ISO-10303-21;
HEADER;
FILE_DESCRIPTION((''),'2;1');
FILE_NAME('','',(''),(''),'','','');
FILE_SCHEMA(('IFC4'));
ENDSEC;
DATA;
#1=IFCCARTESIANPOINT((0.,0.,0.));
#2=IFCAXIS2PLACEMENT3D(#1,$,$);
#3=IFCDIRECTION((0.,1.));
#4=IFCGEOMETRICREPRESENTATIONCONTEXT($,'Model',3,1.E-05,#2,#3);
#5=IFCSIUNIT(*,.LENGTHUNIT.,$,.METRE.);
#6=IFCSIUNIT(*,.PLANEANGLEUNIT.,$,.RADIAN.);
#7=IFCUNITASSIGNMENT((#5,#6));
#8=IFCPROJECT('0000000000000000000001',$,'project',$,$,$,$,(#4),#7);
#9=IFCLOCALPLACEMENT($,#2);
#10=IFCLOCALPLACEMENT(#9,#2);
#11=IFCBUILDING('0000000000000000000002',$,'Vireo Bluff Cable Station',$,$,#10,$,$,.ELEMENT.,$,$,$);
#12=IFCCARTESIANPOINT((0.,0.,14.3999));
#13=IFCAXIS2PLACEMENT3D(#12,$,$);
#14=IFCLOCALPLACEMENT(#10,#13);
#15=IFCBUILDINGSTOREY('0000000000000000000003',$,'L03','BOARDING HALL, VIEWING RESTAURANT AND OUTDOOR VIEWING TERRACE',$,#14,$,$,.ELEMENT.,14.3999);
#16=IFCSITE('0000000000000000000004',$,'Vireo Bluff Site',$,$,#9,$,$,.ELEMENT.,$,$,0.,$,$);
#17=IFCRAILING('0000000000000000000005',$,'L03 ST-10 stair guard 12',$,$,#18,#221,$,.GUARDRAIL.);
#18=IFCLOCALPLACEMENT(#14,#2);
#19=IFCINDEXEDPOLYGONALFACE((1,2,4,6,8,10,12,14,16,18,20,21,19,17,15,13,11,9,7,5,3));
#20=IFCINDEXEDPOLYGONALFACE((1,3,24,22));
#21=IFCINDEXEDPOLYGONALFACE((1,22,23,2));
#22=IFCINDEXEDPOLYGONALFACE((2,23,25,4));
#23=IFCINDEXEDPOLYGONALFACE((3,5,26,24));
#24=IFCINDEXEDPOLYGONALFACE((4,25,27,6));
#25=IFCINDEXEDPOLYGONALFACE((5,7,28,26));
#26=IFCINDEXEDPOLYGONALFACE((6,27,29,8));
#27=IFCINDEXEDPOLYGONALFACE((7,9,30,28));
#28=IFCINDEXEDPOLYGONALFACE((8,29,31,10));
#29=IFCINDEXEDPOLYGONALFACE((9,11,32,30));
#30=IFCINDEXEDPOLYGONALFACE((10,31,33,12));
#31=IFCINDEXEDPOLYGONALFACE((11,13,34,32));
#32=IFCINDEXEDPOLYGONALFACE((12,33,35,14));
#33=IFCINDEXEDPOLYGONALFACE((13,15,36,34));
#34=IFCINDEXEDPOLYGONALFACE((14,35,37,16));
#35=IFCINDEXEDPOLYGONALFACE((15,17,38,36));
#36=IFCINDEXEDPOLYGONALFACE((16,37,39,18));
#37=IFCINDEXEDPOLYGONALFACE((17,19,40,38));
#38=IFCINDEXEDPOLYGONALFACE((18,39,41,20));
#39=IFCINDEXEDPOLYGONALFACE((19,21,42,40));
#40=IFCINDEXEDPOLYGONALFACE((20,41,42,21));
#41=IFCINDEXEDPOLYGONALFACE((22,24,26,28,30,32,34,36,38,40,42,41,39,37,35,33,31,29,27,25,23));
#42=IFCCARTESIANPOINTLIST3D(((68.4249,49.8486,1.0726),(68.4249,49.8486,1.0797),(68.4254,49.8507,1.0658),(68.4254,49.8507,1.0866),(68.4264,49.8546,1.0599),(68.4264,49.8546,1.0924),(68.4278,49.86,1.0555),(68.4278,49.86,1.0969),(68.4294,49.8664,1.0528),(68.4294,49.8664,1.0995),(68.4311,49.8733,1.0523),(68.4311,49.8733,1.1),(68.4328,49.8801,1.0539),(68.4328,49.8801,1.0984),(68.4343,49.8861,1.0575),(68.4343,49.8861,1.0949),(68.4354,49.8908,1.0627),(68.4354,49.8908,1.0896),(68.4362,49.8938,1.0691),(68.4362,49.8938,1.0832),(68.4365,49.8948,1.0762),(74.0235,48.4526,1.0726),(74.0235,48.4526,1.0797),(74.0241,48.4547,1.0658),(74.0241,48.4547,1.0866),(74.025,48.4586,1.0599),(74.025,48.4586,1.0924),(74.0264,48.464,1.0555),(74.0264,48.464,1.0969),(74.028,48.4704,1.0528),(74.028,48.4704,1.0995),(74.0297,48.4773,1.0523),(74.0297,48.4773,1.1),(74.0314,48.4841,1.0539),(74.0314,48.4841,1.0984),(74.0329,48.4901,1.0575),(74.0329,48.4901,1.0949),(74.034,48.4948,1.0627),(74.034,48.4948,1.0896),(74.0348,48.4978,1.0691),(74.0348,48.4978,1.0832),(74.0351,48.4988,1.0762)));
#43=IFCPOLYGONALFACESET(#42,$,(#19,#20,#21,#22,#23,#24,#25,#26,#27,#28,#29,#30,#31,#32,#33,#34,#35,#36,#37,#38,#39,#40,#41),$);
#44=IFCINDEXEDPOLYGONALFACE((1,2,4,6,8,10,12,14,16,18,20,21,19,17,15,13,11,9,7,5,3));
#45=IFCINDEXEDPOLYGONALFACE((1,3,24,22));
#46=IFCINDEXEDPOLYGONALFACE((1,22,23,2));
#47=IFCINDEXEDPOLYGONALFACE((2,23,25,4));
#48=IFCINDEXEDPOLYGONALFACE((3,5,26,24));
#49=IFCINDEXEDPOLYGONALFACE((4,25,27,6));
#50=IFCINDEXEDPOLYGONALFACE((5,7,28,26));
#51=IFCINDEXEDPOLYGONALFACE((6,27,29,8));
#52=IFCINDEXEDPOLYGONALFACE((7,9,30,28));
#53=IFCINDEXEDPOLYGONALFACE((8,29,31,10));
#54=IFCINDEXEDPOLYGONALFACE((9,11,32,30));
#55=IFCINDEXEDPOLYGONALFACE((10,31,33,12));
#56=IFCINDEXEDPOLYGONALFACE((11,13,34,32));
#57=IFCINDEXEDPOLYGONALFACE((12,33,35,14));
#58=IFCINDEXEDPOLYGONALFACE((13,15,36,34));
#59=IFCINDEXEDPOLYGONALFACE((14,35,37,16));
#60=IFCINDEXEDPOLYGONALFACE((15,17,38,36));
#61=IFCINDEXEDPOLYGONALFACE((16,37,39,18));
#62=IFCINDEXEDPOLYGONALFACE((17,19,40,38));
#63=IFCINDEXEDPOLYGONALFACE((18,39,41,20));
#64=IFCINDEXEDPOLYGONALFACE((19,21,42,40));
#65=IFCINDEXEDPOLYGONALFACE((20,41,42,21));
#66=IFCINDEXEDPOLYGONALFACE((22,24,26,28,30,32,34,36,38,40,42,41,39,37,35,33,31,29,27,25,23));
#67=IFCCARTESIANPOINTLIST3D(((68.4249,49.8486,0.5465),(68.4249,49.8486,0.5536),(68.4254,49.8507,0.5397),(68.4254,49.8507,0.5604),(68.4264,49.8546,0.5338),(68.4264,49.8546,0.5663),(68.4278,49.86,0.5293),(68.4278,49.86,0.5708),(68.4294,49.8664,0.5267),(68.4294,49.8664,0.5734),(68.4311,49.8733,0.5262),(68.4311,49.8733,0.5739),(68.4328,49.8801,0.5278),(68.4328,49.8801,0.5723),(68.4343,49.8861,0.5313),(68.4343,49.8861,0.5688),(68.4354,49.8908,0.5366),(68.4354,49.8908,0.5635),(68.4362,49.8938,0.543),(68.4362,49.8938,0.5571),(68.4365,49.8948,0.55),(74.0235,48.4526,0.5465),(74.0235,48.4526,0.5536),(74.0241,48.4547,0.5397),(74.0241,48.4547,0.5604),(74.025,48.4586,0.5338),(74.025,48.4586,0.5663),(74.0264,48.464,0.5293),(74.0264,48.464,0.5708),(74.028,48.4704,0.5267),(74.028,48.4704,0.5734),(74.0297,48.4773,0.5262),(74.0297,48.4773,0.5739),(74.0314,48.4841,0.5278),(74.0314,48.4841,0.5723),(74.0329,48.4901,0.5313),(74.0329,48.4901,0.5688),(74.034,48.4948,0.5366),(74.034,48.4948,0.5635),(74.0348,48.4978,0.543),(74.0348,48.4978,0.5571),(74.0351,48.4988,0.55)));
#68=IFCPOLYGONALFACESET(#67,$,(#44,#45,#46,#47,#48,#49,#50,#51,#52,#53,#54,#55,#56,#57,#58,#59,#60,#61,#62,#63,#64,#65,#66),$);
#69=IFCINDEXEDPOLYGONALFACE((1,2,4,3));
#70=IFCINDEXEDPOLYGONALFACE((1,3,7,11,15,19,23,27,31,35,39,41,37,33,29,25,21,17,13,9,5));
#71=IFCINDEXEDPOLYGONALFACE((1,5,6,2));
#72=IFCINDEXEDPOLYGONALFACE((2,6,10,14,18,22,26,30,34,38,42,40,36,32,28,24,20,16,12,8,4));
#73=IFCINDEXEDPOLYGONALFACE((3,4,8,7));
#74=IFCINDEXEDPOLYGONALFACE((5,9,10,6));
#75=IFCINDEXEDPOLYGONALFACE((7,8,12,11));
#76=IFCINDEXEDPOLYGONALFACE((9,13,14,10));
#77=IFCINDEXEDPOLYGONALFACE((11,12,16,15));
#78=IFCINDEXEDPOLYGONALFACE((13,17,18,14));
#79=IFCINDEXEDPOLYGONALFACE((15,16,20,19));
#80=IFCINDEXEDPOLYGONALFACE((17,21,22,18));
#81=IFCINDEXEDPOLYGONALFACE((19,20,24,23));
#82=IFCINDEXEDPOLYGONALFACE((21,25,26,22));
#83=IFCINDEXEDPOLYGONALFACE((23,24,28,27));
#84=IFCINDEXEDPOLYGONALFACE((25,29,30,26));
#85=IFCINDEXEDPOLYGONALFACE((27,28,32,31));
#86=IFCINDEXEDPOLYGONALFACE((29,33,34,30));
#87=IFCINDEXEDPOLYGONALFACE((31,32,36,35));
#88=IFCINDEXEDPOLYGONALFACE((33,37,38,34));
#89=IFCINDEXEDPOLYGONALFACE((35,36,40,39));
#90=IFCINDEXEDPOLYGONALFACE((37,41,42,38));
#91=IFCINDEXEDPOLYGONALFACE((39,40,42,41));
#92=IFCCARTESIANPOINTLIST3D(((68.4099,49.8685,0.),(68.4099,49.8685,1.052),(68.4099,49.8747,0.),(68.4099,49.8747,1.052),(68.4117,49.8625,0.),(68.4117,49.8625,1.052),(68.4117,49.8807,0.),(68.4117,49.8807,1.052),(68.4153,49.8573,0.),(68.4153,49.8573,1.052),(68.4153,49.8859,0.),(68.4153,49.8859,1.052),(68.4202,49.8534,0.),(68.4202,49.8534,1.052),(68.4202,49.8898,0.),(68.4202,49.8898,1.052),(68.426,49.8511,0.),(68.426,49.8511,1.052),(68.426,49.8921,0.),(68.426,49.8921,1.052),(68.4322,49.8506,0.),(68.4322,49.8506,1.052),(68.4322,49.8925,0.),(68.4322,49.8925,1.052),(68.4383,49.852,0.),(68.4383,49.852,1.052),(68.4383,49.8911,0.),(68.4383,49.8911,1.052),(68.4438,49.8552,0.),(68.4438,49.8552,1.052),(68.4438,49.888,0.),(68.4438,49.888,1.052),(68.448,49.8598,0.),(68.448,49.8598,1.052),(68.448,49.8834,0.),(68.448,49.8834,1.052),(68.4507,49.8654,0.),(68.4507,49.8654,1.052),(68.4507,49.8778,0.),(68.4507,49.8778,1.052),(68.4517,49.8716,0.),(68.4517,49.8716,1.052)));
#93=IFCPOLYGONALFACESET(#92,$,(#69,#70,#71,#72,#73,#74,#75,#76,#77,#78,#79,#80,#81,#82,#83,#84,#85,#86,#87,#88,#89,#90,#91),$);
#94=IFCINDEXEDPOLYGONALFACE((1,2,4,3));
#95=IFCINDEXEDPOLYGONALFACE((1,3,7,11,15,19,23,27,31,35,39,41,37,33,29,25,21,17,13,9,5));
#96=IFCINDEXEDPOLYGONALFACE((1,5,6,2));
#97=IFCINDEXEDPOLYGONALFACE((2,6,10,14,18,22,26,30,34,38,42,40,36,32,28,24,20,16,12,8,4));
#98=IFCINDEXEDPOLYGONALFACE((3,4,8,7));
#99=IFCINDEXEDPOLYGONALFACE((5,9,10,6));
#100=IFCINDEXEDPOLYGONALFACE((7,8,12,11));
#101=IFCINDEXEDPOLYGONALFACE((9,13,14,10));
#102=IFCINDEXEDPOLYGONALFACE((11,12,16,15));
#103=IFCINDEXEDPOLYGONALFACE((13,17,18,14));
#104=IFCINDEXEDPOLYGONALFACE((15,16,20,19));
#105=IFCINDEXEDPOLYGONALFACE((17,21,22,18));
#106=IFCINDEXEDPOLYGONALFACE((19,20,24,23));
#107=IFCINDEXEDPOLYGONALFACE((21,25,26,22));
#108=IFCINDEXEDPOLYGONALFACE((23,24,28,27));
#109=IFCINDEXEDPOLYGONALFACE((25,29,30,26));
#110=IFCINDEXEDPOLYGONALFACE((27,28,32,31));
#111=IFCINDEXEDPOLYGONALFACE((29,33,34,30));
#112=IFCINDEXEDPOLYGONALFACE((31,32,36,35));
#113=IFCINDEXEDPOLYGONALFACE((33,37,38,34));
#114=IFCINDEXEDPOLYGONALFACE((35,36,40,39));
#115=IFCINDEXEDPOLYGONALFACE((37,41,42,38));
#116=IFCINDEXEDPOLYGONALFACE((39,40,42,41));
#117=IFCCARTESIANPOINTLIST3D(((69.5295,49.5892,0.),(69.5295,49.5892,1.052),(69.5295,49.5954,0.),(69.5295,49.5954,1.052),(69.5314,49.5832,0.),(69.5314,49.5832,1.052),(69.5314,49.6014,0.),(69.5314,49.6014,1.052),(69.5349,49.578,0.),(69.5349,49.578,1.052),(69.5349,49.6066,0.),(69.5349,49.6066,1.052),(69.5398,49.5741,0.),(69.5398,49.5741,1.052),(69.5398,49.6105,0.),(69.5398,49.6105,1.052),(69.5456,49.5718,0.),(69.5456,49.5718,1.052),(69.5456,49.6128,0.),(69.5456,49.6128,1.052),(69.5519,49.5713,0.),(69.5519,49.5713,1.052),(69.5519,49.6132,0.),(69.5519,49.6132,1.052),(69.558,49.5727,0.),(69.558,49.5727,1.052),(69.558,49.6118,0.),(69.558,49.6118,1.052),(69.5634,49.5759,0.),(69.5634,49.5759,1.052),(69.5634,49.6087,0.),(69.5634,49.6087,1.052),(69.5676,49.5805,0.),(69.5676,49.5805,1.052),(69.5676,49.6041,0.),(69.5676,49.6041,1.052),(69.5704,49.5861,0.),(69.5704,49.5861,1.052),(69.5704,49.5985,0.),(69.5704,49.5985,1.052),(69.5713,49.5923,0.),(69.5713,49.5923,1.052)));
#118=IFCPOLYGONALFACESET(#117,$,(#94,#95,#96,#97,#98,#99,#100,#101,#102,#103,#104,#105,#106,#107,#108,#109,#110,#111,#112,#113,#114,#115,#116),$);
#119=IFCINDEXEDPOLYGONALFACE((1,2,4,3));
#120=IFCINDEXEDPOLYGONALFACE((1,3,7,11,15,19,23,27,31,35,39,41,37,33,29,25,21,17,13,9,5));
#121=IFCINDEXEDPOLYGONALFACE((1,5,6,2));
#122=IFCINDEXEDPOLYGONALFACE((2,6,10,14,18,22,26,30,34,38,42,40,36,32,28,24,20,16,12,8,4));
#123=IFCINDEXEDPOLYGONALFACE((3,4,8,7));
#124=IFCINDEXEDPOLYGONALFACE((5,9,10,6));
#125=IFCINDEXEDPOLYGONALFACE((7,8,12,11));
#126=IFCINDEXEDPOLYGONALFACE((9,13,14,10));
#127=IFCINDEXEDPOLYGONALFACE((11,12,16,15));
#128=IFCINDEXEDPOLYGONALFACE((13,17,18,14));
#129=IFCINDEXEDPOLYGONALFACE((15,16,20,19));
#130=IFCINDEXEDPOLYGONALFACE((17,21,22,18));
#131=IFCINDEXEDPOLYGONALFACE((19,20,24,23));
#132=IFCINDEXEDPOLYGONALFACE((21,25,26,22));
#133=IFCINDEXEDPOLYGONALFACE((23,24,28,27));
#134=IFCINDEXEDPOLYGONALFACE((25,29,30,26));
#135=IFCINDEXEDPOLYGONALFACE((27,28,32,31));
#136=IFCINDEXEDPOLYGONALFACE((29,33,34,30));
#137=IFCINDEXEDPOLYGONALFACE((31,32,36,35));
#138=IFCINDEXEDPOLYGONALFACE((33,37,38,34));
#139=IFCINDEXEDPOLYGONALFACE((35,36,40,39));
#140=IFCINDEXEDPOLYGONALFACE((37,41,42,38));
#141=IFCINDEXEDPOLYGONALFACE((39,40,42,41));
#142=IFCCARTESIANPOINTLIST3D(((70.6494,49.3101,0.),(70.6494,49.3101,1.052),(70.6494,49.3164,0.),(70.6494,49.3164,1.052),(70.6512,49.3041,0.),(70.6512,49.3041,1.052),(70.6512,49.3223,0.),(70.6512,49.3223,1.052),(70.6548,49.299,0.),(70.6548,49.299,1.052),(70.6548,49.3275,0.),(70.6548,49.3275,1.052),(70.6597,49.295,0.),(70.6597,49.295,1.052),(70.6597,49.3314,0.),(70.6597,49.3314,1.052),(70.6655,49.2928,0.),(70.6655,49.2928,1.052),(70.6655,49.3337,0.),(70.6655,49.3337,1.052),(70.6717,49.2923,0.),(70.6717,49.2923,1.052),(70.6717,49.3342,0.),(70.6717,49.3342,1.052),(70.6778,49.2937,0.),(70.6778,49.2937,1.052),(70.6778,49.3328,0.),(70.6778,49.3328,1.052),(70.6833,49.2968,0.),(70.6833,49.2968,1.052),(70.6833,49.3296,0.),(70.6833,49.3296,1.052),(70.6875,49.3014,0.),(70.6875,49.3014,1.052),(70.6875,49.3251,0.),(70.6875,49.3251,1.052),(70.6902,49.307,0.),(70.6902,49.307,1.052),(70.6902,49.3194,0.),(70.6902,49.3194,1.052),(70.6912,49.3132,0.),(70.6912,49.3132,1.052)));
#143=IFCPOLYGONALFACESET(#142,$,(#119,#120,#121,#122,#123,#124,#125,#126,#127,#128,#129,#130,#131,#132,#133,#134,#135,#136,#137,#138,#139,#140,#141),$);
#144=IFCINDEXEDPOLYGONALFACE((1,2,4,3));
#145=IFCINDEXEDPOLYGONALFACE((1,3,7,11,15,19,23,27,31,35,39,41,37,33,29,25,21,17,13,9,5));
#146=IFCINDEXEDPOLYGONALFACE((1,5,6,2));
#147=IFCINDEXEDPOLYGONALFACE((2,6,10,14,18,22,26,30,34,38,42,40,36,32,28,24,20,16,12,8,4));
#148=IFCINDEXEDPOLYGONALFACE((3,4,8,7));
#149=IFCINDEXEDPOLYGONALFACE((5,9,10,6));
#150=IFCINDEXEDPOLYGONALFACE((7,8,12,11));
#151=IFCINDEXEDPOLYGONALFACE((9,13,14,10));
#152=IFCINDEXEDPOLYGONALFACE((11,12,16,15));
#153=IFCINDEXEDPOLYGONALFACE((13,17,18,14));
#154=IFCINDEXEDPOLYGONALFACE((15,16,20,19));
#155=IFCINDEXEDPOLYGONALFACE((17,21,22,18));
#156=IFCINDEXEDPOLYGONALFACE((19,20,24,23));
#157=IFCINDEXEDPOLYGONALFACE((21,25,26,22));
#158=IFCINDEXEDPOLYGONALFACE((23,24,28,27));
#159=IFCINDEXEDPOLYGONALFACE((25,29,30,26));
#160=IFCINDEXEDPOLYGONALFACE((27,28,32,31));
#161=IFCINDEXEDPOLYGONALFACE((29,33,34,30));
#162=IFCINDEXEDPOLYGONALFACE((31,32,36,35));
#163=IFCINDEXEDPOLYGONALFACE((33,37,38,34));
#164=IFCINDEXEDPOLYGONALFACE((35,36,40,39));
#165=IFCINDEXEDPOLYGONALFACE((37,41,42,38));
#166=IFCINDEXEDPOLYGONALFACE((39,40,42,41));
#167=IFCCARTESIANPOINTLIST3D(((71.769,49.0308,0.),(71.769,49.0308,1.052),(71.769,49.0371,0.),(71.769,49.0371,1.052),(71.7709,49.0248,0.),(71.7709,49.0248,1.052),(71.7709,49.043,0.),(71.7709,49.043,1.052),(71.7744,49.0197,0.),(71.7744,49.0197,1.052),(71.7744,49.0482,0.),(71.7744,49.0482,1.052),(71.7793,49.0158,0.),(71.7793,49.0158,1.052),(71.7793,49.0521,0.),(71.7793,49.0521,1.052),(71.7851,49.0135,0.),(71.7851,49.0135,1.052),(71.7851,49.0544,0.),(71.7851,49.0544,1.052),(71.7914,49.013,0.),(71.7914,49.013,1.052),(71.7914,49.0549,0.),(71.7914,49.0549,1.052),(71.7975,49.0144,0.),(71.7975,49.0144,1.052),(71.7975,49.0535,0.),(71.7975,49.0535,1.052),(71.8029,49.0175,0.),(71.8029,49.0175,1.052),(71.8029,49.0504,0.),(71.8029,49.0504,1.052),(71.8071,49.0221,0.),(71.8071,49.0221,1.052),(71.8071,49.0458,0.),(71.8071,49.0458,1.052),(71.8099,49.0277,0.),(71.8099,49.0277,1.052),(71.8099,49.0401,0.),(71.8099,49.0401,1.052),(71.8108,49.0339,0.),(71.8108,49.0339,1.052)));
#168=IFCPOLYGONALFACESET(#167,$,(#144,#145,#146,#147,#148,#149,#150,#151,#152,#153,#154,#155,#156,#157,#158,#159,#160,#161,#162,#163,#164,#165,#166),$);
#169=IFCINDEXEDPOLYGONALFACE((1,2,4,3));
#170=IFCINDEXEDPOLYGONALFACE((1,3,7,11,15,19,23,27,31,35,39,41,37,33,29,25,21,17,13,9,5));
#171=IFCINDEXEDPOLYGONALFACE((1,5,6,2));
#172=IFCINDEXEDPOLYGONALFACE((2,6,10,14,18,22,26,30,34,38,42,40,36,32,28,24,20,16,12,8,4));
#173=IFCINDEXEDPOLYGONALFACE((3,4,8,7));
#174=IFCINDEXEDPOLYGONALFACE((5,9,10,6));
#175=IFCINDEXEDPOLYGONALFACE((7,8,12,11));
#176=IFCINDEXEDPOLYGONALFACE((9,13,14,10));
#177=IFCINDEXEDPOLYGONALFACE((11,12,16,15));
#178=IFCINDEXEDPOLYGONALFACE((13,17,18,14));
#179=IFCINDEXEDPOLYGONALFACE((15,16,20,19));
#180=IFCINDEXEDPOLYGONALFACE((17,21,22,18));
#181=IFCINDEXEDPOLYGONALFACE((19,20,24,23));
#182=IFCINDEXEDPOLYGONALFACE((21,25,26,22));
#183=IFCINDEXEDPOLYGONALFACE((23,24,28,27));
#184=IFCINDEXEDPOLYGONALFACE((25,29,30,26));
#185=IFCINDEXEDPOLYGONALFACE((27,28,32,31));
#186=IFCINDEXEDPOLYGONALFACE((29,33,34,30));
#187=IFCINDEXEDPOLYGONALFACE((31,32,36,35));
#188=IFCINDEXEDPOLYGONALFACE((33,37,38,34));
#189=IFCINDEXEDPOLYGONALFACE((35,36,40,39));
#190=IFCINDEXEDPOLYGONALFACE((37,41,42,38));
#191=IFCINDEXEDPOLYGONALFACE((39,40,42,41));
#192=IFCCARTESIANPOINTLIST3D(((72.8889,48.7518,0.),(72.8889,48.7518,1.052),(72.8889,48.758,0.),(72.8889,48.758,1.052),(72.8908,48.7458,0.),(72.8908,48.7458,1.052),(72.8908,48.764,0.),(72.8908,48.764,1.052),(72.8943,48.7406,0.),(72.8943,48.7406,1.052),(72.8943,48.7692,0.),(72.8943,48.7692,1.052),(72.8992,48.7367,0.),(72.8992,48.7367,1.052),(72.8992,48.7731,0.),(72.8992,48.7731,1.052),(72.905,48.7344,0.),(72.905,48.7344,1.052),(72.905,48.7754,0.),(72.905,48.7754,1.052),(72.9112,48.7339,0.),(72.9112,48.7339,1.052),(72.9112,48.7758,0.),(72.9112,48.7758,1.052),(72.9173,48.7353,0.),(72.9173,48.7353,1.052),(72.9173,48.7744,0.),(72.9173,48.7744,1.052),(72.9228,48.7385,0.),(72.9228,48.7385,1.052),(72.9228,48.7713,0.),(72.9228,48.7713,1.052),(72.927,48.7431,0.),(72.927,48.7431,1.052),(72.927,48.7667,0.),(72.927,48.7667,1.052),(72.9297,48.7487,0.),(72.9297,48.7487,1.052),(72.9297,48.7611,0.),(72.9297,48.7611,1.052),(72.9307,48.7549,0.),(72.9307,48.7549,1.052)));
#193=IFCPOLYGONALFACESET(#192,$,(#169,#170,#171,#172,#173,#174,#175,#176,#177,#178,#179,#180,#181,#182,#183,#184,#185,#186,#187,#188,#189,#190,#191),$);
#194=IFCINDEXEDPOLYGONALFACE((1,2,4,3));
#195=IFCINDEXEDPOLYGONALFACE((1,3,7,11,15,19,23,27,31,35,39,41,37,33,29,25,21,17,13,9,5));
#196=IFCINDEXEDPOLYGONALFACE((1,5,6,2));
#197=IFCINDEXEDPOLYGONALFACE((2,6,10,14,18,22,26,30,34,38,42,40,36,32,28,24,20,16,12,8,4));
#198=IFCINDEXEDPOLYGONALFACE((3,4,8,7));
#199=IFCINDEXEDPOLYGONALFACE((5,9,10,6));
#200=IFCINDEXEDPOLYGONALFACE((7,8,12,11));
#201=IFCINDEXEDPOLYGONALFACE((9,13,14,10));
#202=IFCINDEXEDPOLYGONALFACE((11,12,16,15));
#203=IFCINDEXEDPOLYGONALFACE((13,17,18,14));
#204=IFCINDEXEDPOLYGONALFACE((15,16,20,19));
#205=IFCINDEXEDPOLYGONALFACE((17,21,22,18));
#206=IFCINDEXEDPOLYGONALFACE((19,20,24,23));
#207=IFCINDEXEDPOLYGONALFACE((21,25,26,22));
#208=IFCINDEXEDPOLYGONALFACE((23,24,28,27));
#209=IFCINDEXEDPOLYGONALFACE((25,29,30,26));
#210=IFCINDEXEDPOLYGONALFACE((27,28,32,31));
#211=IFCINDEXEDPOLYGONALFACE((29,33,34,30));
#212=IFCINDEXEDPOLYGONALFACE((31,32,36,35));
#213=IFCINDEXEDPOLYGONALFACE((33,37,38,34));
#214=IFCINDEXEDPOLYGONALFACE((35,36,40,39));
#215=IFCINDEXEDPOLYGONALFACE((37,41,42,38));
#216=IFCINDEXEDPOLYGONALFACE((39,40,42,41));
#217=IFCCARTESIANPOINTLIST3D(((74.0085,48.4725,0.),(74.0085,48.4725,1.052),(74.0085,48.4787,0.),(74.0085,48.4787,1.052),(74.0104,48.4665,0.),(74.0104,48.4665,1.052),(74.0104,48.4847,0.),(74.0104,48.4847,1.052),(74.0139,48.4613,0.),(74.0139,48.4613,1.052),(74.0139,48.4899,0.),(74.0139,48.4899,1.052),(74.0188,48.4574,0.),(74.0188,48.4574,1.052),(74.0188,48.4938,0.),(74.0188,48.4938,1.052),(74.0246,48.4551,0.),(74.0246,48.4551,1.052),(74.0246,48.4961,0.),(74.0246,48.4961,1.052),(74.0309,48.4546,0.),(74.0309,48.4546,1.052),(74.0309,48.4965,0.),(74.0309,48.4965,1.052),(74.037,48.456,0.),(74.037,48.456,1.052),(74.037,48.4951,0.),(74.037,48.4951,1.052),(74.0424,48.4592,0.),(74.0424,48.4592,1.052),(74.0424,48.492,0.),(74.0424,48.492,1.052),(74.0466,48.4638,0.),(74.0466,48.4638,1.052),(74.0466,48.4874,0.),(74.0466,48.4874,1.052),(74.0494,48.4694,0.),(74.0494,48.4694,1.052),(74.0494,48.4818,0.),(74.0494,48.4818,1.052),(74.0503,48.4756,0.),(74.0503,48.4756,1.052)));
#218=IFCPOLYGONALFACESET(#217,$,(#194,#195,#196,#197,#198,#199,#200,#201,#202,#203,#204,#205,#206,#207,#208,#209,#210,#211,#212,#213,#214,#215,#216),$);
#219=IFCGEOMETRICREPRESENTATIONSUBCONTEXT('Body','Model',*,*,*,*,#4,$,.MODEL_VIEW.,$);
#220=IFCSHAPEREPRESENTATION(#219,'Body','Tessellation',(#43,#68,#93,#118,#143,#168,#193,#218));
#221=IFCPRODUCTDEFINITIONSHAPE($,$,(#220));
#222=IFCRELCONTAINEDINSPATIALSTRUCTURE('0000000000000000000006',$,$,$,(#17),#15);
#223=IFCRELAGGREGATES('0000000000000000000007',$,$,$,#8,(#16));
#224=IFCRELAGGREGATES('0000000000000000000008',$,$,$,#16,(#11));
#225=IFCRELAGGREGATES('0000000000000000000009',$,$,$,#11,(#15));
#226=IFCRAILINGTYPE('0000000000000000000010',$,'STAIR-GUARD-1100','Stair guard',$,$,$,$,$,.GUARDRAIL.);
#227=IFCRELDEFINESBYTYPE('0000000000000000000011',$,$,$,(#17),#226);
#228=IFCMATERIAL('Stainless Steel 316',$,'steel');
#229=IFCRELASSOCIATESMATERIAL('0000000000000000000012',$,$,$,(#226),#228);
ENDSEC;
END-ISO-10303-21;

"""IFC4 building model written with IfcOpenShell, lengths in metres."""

from ifc_helpers import new_model, si_unit, direction, frame, origin, origin_2d, place, context, subcontext, project, spatial, circle, extrude, material, type_object, element, save


model = new_model("IFC4")

# Units and contexts
model_context = context("Model", 3, precision=1e-05, world=origin(), true_north=direction((0.0, 1.0)))
body_context = subcontext(model_context, "Body", "Model", "MODEL_VIEW")
ifc_project = project(units=[si_unit("LENGTHUNIT", "METRE"), si_unit("PLANEANGLEUNIT", "RADIAN")], contexts=[model_context])

# Site, building, storey
site_placement = place(None, origin())
site = spatial("IfcSite", under=ifc_project, at=site_placement, Name="Vireo Bluff Site", CompositionType="ELEMENT", RefElevation=0.0)
building_placement = place(site_placement, origin())
building = spatial("IfcBuilding", under=site, at=building_placement, Name="Vireo Bluff Cable Station", CompositionType="ELEMENT")
storey_placement = place(building_placement, frame((0.0, 0.0, 14.3999)))
storey = spatial("IfcBuildingStorey", under=building, at=storey_placement, Name="L03", Description="BOARDING HALL, VIEWING RESTAURANT AND OUTDOOR VIEWING TERRACE", CompositionType="ELEMENT", Elevation=14.3999)

# Railing
ifc_material_1 = material(Name="Stainless Steel 316", Category="steel")
railing_type_1 = type_object("IfcRailingType", Name="STAIR-GUARD-1100", Description="Stair guard", PredefinedType="GUARDRAIL", material=ifc_material_1)
railing_1_placement = place(storey_placement, frame((68.4307, 49.8716, 0.0)))
element("IfcRailing", 1, at=railing_1_placement, inside=storey, type_object=railing_type_1, Name="L03 ST-10 stair guard 12", PredefinedType="GUARDRAIL", context=body_context, shape_type="SweptSolid", body=[
    extrude(circle(Radius=0.0239, at=origin_2d()), frame((0.0, 0.0, 1.0762), z_axis=(0.970292, -0.241938, 0.0), x_axis=(0.241938, 0.970292, 0.0)), (0.0, 0.0, 1.0), 5.77),
    extrude(circle(Radius=0.0239, at=origin_2d()), frame((0.0, 0.0, 0.55), z_axis=(0.970292, -0.241938, 0.0), x_axis=(0.241938, 0.970292, 0.0)), (0.0, 0.0, 1.0), 5.77),
    extrude(circle(Radius=0.021, at=origin_2d()), origin(), (0.0, 0.0, 1.0), 1.052),
    extrude(circle(Radius=0.021, at=origin_2d()), frame((1.1196, -0.2793, 0.0)), (0.0, 0.0, 1.0), 1.052),
    extrude(circle(Radius=0.021, at=origin_2d()), frame((2.2395, -0.5583, 0.0)), (0.0, 0.0, 1.0), 1.052),
    extrude(circle(Radius=0.021, at=origin_2d()), frame((3.3591, -0.8376, 0.0)), (0.0, 0.0, 1.0), 1.052),
    extrude(circle(Radius=0.021, at=origin_2d()), frame((4.479, -1.1167, 0.0)), (0.0, 0.0, 1.0), 1.052),
    extrude(circle(Radius=0.021, at=origin_2d()), frame((5.5986, -1.396, 0.0)), (0.0, 0.0, 1.0), 1.052),
])

save(model, "model.ifc")
